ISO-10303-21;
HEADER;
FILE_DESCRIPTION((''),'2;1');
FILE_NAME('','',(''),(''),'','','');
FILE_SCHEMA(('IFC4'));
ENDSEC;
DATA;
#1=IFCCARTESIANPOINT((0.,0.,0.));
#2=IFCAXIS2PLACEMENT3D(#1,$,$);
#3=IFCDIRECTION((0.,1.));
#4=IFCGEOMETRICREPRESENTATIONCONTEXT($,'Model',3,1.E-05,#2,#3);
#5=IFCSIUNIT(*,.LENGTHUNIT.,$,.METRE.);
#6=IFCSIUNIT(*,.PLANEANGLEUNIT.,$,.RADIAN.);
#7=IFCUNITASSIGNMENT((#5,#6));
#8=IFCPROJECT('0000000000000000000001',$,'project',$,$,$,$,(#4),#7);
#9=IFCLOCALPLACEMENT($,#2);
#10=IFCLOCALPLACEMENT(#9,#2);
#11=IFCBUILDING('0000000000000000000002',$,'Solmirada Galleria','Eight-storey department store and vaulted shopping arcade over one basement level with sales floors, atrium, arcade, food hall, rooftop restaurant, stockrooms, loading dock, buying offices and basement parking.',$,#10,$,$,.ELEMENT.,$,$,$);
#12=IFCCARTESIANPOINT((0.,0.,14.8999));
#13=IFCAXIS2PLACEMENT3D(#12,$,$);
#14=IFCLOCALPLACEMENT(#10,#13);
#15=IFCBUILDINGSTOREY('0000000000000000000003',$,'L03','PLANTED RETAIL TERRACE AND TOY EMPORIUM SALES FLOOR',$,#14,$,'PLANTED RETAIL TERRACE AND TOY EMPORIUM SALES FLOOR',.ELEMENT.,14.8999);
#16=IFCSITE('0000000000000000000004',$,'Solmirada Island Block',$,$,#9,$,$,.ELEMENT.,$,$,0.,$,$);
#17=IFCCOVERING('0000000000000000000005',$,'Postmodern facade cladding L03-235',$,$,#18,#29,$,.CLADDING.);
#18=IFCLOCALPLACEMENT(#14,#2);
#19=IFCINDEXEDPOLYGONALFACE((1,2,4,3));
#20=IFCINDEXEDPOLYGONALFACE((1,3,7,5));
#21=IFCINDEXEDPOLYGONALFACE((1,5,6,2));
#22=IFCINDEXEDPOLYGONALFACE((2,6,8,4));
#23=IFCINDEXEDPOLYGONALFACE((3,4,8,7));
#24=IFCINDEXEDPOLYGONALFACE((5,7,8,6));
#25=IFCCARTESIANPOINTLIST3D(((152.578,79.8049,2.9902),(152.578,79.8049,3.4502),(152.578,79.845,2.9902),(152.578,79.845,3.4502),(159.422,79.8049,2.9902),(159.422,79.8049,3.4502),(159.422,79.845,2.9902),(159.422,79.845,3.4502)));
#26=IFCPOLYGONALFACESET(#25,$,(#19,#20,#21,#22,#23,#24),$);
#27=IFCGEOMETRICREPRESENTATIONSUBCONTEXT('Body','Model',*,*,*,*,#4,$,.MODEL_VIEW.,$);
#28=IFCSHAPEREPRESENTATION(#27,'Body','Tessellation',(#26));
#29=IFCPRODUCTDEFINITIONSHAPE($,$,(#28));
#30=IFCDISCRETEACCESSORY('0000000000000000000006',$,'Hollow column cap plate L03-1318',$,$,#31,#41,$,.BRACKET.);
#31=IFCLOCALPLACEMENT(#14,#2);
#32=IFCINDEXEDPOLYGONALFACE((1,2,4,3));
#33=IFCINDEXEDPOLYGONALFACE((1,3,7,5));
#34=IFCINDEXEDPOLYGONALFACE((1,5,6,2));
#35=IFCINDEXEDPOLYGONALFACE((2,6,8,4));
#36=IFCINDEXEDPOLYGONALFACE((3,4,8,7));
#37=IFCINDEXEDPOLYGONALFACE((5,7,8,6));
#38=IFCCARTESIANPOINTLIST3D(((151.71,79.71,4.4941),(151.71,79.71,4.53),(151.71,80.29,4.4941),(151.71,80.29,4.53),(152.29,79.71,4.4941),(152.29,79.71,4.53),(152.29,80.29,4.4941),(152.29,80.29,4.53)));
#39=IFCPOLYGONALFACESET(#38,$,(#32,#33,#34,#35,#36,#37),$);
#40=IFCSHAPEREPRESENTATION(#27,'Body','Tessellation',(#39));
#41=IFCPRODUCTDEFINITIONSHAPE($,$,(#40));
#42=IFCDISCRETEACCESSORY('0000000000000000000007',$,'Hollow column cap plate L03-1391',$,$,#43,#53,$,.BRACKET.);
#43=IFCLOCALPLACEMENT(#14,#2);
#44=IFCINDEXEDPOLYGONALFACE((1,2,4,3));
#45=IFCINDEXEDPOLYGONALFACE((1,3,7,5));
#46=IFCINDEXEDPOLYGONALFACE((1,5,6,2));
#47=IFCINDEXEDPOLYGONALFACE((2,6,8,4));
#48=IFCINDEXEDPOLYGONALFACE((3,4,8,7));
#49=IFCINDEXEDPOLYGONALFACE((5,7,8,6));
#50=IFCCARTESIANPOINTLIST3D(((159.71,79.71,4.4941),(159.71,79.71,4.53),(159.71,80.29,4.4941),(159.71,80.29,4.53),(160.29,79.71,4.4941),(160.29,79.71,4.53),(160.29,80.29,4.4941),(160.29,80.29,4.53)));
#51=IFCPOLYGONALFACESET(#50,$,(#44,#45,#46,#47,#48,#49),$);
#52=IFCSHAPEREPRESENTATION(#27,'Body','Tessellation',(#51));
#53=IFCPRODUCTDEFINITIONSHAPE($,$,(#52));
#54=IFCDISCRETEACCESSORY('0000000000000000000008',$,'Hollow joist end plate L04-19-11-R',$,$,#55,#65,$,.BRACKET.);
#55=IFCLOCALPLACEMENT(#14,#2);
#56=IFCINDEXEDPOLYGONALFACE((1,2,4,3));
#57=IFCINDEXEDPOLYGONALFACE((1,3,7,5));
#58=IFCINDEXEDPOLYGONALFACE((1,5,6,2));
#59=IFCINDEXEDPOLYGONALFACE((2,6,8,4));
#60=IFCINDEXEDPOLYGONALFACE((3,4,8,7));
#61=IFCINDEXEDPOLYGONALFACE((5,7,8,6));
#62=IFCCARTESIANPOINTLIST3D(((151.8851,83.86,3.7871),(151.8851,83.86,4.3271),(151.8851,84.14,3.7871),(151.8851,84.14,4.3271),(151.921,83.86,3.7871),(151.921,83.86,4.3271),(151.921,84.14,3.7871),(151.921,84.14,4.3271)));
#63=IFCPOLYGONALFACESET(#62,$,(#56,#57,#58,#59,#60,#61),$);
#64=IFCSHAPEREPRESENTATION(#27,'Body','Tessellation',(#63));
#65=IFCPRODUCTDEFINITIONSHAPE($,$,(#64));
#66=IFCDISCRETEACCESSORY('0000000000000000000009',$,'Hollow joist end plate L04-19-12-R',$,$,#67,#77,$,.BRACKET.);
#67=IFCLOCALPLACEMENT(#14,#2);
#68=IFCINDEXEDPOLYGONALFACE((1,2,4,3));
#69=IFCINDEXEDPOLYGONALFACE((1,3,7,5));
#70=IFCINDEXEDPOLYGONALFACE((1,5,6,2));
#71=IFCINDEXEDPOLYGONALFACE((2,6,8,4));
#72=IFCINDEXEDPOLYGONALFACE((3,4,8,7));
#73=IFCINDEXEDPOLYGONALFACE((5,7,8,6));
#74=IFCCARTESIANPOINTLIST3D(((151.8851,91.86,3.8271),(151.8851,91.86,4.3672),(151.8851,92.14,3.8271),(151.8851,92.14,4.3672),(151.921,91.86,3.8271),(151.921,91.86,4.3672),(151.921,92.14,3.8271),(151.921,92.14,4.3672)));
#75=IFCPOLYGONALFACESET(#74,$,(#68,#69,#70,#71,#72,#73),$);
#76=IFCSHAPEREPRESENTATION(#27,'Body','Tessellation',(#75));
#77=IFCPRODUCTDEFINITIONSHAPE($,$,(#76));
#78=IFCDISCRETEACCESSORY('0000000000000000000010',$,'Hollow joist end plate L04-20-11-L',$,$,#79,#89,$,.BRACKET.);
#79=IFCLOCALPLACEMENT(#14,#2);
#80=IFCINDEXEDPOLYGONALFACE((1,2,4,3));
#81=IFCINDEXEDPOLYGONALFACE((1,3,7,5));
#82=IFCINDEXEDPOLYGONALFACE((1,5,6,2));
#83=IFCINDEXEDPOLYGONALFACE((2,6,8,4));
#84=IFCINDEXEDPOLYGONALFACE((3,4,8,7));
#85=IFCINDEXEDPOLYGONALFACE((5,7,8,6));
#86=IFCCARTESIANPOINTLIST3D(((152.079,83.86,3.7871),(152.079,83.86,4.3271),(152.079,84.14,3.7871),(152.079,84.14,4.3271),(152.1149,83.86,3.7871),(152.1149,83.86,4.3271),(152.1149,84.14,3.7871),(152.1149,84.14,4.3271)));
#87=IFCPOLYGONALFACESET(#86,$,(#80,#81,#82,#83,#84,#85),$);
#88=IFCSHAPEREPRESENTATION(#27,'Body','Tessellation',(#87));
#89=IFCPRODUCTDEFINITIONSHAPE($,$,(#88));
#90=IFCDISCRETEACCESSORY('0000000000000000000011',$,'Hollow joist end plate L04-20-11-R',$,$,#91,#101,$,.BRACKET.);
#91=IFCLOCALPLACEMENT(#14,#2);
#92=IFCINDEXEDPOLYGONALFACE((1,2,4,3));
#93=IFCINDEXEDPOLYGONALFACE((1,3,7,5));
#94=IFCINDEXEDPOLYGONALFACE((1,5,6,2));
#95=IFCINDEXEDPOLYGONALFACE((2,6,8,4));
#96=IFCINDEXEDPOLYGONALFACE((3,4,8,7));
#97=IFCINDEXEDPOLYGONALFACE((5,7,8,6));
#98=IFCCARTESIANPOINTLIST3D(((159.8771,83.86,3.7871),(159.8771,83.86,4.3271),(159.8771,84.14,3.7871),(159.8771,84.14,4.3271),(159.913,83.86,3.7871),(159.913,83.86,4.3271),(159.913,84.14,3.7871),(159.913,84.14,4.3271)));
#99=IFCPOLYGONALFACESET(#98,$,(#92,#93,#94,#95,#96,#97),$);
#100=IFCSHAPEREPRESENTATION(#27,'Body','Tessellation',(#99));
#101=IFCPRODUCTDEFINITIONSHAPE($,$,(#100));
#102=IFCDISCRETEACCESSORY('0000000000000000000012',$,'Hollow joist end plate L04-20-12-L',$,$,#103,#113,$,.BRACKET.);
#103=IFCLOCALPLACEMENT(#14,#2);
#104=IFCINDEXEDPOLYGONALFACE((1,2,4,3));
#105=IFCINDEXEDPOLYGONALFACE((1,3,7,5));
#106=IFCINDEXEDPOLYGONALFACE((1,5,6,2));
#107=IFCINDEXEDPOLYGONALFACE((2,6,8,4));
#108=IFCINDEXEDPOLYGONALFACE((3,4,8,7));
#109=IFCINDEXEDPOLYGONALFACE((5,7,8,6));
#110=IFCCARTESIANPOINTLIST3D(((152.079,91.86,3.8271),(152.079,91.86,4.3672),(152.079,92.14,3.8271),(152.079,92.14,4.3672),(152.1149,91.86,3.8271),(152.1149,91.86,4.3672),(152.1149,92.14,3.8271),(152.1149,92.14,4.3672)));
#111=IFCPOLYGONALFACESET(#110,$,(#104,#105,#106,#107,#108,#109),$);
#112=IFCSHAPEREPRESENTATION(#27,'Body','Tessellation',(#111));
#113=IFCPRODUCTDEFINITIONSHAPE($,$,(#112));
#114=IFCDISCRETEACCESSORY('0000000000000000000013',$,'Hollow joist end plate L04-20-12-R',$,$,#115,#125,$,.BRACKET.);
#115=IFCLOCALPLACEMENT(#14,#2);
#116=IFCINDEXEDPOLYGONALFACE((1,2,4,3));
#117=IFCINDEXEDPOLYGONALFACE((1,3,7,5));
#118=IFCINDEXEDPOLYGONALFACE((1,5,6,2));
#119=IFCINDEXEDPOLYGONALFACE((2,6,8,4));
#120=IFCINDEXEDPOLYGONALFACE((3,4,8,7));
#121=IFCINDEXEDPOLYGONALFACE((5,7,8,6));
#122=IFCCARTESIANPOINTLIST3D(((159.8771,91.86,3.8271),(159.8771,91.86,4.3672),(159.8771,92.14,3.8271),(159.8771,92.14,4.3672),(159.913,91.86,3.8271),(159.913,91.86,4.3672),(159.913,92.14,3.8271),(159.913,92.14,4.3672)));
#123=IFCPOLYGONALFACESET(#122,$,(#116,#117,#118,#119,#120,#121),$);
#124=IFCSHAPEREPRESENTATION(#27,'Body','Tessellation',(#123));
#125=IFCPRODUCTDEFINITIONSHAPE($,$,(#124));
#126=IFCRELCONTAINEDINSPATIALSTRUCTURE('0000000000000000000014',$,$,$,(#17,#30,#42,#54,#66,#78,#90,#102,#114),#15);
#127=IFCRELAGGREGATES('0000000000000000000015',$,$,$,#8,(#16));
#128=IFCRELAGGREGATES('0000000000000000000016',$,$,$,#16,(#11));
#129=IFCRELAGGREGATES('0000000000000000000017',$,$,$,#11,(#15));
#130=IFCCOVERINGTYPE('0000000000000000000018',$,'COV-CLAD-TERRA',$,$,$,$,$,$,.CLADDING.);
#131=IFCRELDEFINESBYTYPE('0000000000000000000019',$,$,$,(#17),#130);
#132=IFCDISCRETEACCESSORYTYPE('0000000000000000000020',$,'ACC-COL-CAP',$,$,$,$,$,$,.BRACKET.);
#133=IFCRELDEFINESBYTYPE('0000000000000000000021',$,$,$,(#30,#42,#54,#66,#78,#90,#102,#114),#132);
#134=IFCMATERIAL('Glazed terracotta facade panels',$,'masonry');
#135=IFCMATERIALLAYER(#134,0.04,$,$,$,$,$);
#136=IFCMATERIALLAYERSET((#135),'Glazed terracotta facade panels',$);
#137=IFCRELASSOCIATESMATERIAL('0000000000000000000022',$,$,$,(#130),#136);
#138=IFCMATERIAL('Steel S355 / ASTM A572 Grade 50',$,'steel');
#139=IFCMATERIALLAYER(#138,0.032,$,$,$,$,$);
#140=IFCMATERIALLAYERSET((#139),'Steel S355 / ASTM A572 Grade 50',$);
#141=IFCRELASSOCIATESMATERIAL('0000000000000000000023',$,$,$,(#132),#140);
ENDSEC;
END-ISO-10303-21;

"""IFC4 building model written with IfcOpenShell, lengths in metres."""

from ifc_helpers import new_model, si_unit, direction, frame, origin, origin_2d, place, context, subcontext, project, spatial, rectangle, extrude, material, layer, layer_set, type_object, element, save


model = new_model("IFC4")

# Units and contexts
model_context = context("Model", 3, precision=1e-05, world=origin(), true_north=direction((0.0, 1.0)))
body_context = subcontext(model_context, "Body", "Model", "MODEL_VIEW")
ifc_project = project(units=[si_unit("LENGTHUNIT", "METRE"), si_unit("PLANEANGLEUNIT", "RADIAN")], contexts=[model_context])

# Site, building, storey
site_placement = place(None, origin())
site = spatial("IfcSite", under=ifc_project, at=site_placement, Name="Solmirada Island Block", CompositionType="ELEMENT", RefElevation=0.0)
building_placement = place(site_placement, origin())
building = spatial("IfcBuilding", under=site, at=building_placement, Name="Solmirada Galleria", Description="Eight-storey department store and vaulted shopping arcade over one basement level with sales floors, atrium, arcade, food hall, rooftop restaurant, stockrooms, loading dock, buying offices and basement parking.", CompositionType="ELEMENT")
storey_placement = place(building_placement, frame((0.0, 0.0, 14.8999)))
storey = spatial("IfcBuildingStorey", under=building, at=storey_placement, Name="L03", Description="PLANTED RETAIL TERRACE AND TOY EMPORIUM SALES FLOOR", LongName="PLANTED RETAIL TERRACE AND TOY EMPORIUM SALES FLOOR", CompositionType="ELEMENT", Elevation=14.8999)

# Covering
ifc_material_1 = material(Name="Glazed terracotta facade panels", Category="masonry")
ifc_layer_1 = layer(ifc_material_1, 0.04)
ifc_layer_set_1 = layer_set([ifc_layer_1], Name="Glazed terracotta facade panels")
covering_type_1 = type_object("IfcCoveringType", Name="COV-CLAD-TERRA", PredefinedType="CLADDING", material=ifc_layer_set_1)
covering_1_placement = place(storey_placement, frame((156.0, 79.825, 2.9902), z_axis=(0.0, 0.0, 1.0), x_axis=(-1.0, 0.0, 0.0)))
element("IfcCovering", 1, at=covering_1_placement, inside=storey, type_object=covering_type_1, Name="Postmodern facade cladding L03-235", PredefinedType="CLADDING", context=body_context, shape_type="SweptSolid", body=[
    extrude(rectangle(XDim=6.844, YDim=0.04, at=origin_2d()), origin(), (0.0, 0.0, 1.0), 0.46),
])

# Discrete accessories
ifc_material_2 = material(Name="Steel S355 / ASTM A572 Grade 50", Category="steel")
ifc_layer_2 = layer(ifc_material_2, 0.032)
ifc_layer_set_2 = layer_set([ifc_layer_2], Name="Steel S355 / ASTM A572 Grade 50")
discrete_accessory_type = type_object("IfcDiscreteAccessoryType", Name="ACC-COL-CAP", PredefinedType="BRACKET", material=ifc_layer_set_2)
for number, where, z_axis, x_axis, name in (
    (2, (152.0, 80.0, 4.4941), (0.0, 0.0, 1.0), (1.0, 0.0, 0.0), "Hollow column cap plate L03-1318"),
    (3, (160.0, 80.0, 4.4941), (0.0, 0.0, 1.0), (1.0, 0.0, 0.0), "Hollow column cap plate L03-1391"),
):
    element("IfcDiscreteAccessory", number, at=place(storey_placement, frame(where, z_axis=z_axis, x_axis=x_axis)), inside=storey, type_object=discrete_accessory_type, Name=name, PredefinedType="BRACKET", context=body_context, shape_type="SweptSolid", body=[
        extrude(rectangle(XDim=0.5801, YDim=0.5801, at=origin_2d()), origin(), (0.0, 0.0, 1.0), 0.0359),
    ])
for number, where, z_axis, x_axis, name in (
    (4, (151.9031, 84.0, 3.7871), (0.0, 0.0, 1.0), (1.0, 0.0, 0.0), "Hollow joist end plate L04-19-11-R"),
    (5, (151.9031, 92.0, 3.8271), (0.0, 0.0, 1.0), (1.0, 0.0, 0.0), "Hollow joist end plate L04-19-12-R"),
    (6, (152.0969, 84.0, 3.7871), (0.0, 0.0, 1.0), (1.0, 0.0, 0.0), "Hollow joist end plate L04-20-11-L"),
    (7, (159.895, 84.0, 3.7871), (0.0, 0.0, 1.0), (1.0, 0.0, 0.0), "Hollow joist end plate L04-20-11-R"),
    (8, (152.0969, 92.0, 3.8271), (0.0, 0.0, 1.0), (1.0, 0.0, 0.0), "Hollow joist end plate L04-20-12-L"),
    (9, (159.895, 92.0, 3.8271), (0.0, 0.0, 1.0), (1.0, 0.0, 0.0), "Hollow joist end plate L04-20-12-R"),
):
    element("IfcDiscreteAccessory", number, at=place(storey_placement, frame(where, z_axis=z_axis, x_axis=x_axis)), inside=storey, type_object=discrete_accessory_type, Name=name, PredefinedType="BRACKET", context=body_context, shape_type="SweptSolid", body=[
        extrude(rectangle(XDim=0.0359, YDim=0.28, at=origin_2d()), origin(), (0.0, 0.0, 1.0), 0.54),
    ])

save(model, "model.ifc")
